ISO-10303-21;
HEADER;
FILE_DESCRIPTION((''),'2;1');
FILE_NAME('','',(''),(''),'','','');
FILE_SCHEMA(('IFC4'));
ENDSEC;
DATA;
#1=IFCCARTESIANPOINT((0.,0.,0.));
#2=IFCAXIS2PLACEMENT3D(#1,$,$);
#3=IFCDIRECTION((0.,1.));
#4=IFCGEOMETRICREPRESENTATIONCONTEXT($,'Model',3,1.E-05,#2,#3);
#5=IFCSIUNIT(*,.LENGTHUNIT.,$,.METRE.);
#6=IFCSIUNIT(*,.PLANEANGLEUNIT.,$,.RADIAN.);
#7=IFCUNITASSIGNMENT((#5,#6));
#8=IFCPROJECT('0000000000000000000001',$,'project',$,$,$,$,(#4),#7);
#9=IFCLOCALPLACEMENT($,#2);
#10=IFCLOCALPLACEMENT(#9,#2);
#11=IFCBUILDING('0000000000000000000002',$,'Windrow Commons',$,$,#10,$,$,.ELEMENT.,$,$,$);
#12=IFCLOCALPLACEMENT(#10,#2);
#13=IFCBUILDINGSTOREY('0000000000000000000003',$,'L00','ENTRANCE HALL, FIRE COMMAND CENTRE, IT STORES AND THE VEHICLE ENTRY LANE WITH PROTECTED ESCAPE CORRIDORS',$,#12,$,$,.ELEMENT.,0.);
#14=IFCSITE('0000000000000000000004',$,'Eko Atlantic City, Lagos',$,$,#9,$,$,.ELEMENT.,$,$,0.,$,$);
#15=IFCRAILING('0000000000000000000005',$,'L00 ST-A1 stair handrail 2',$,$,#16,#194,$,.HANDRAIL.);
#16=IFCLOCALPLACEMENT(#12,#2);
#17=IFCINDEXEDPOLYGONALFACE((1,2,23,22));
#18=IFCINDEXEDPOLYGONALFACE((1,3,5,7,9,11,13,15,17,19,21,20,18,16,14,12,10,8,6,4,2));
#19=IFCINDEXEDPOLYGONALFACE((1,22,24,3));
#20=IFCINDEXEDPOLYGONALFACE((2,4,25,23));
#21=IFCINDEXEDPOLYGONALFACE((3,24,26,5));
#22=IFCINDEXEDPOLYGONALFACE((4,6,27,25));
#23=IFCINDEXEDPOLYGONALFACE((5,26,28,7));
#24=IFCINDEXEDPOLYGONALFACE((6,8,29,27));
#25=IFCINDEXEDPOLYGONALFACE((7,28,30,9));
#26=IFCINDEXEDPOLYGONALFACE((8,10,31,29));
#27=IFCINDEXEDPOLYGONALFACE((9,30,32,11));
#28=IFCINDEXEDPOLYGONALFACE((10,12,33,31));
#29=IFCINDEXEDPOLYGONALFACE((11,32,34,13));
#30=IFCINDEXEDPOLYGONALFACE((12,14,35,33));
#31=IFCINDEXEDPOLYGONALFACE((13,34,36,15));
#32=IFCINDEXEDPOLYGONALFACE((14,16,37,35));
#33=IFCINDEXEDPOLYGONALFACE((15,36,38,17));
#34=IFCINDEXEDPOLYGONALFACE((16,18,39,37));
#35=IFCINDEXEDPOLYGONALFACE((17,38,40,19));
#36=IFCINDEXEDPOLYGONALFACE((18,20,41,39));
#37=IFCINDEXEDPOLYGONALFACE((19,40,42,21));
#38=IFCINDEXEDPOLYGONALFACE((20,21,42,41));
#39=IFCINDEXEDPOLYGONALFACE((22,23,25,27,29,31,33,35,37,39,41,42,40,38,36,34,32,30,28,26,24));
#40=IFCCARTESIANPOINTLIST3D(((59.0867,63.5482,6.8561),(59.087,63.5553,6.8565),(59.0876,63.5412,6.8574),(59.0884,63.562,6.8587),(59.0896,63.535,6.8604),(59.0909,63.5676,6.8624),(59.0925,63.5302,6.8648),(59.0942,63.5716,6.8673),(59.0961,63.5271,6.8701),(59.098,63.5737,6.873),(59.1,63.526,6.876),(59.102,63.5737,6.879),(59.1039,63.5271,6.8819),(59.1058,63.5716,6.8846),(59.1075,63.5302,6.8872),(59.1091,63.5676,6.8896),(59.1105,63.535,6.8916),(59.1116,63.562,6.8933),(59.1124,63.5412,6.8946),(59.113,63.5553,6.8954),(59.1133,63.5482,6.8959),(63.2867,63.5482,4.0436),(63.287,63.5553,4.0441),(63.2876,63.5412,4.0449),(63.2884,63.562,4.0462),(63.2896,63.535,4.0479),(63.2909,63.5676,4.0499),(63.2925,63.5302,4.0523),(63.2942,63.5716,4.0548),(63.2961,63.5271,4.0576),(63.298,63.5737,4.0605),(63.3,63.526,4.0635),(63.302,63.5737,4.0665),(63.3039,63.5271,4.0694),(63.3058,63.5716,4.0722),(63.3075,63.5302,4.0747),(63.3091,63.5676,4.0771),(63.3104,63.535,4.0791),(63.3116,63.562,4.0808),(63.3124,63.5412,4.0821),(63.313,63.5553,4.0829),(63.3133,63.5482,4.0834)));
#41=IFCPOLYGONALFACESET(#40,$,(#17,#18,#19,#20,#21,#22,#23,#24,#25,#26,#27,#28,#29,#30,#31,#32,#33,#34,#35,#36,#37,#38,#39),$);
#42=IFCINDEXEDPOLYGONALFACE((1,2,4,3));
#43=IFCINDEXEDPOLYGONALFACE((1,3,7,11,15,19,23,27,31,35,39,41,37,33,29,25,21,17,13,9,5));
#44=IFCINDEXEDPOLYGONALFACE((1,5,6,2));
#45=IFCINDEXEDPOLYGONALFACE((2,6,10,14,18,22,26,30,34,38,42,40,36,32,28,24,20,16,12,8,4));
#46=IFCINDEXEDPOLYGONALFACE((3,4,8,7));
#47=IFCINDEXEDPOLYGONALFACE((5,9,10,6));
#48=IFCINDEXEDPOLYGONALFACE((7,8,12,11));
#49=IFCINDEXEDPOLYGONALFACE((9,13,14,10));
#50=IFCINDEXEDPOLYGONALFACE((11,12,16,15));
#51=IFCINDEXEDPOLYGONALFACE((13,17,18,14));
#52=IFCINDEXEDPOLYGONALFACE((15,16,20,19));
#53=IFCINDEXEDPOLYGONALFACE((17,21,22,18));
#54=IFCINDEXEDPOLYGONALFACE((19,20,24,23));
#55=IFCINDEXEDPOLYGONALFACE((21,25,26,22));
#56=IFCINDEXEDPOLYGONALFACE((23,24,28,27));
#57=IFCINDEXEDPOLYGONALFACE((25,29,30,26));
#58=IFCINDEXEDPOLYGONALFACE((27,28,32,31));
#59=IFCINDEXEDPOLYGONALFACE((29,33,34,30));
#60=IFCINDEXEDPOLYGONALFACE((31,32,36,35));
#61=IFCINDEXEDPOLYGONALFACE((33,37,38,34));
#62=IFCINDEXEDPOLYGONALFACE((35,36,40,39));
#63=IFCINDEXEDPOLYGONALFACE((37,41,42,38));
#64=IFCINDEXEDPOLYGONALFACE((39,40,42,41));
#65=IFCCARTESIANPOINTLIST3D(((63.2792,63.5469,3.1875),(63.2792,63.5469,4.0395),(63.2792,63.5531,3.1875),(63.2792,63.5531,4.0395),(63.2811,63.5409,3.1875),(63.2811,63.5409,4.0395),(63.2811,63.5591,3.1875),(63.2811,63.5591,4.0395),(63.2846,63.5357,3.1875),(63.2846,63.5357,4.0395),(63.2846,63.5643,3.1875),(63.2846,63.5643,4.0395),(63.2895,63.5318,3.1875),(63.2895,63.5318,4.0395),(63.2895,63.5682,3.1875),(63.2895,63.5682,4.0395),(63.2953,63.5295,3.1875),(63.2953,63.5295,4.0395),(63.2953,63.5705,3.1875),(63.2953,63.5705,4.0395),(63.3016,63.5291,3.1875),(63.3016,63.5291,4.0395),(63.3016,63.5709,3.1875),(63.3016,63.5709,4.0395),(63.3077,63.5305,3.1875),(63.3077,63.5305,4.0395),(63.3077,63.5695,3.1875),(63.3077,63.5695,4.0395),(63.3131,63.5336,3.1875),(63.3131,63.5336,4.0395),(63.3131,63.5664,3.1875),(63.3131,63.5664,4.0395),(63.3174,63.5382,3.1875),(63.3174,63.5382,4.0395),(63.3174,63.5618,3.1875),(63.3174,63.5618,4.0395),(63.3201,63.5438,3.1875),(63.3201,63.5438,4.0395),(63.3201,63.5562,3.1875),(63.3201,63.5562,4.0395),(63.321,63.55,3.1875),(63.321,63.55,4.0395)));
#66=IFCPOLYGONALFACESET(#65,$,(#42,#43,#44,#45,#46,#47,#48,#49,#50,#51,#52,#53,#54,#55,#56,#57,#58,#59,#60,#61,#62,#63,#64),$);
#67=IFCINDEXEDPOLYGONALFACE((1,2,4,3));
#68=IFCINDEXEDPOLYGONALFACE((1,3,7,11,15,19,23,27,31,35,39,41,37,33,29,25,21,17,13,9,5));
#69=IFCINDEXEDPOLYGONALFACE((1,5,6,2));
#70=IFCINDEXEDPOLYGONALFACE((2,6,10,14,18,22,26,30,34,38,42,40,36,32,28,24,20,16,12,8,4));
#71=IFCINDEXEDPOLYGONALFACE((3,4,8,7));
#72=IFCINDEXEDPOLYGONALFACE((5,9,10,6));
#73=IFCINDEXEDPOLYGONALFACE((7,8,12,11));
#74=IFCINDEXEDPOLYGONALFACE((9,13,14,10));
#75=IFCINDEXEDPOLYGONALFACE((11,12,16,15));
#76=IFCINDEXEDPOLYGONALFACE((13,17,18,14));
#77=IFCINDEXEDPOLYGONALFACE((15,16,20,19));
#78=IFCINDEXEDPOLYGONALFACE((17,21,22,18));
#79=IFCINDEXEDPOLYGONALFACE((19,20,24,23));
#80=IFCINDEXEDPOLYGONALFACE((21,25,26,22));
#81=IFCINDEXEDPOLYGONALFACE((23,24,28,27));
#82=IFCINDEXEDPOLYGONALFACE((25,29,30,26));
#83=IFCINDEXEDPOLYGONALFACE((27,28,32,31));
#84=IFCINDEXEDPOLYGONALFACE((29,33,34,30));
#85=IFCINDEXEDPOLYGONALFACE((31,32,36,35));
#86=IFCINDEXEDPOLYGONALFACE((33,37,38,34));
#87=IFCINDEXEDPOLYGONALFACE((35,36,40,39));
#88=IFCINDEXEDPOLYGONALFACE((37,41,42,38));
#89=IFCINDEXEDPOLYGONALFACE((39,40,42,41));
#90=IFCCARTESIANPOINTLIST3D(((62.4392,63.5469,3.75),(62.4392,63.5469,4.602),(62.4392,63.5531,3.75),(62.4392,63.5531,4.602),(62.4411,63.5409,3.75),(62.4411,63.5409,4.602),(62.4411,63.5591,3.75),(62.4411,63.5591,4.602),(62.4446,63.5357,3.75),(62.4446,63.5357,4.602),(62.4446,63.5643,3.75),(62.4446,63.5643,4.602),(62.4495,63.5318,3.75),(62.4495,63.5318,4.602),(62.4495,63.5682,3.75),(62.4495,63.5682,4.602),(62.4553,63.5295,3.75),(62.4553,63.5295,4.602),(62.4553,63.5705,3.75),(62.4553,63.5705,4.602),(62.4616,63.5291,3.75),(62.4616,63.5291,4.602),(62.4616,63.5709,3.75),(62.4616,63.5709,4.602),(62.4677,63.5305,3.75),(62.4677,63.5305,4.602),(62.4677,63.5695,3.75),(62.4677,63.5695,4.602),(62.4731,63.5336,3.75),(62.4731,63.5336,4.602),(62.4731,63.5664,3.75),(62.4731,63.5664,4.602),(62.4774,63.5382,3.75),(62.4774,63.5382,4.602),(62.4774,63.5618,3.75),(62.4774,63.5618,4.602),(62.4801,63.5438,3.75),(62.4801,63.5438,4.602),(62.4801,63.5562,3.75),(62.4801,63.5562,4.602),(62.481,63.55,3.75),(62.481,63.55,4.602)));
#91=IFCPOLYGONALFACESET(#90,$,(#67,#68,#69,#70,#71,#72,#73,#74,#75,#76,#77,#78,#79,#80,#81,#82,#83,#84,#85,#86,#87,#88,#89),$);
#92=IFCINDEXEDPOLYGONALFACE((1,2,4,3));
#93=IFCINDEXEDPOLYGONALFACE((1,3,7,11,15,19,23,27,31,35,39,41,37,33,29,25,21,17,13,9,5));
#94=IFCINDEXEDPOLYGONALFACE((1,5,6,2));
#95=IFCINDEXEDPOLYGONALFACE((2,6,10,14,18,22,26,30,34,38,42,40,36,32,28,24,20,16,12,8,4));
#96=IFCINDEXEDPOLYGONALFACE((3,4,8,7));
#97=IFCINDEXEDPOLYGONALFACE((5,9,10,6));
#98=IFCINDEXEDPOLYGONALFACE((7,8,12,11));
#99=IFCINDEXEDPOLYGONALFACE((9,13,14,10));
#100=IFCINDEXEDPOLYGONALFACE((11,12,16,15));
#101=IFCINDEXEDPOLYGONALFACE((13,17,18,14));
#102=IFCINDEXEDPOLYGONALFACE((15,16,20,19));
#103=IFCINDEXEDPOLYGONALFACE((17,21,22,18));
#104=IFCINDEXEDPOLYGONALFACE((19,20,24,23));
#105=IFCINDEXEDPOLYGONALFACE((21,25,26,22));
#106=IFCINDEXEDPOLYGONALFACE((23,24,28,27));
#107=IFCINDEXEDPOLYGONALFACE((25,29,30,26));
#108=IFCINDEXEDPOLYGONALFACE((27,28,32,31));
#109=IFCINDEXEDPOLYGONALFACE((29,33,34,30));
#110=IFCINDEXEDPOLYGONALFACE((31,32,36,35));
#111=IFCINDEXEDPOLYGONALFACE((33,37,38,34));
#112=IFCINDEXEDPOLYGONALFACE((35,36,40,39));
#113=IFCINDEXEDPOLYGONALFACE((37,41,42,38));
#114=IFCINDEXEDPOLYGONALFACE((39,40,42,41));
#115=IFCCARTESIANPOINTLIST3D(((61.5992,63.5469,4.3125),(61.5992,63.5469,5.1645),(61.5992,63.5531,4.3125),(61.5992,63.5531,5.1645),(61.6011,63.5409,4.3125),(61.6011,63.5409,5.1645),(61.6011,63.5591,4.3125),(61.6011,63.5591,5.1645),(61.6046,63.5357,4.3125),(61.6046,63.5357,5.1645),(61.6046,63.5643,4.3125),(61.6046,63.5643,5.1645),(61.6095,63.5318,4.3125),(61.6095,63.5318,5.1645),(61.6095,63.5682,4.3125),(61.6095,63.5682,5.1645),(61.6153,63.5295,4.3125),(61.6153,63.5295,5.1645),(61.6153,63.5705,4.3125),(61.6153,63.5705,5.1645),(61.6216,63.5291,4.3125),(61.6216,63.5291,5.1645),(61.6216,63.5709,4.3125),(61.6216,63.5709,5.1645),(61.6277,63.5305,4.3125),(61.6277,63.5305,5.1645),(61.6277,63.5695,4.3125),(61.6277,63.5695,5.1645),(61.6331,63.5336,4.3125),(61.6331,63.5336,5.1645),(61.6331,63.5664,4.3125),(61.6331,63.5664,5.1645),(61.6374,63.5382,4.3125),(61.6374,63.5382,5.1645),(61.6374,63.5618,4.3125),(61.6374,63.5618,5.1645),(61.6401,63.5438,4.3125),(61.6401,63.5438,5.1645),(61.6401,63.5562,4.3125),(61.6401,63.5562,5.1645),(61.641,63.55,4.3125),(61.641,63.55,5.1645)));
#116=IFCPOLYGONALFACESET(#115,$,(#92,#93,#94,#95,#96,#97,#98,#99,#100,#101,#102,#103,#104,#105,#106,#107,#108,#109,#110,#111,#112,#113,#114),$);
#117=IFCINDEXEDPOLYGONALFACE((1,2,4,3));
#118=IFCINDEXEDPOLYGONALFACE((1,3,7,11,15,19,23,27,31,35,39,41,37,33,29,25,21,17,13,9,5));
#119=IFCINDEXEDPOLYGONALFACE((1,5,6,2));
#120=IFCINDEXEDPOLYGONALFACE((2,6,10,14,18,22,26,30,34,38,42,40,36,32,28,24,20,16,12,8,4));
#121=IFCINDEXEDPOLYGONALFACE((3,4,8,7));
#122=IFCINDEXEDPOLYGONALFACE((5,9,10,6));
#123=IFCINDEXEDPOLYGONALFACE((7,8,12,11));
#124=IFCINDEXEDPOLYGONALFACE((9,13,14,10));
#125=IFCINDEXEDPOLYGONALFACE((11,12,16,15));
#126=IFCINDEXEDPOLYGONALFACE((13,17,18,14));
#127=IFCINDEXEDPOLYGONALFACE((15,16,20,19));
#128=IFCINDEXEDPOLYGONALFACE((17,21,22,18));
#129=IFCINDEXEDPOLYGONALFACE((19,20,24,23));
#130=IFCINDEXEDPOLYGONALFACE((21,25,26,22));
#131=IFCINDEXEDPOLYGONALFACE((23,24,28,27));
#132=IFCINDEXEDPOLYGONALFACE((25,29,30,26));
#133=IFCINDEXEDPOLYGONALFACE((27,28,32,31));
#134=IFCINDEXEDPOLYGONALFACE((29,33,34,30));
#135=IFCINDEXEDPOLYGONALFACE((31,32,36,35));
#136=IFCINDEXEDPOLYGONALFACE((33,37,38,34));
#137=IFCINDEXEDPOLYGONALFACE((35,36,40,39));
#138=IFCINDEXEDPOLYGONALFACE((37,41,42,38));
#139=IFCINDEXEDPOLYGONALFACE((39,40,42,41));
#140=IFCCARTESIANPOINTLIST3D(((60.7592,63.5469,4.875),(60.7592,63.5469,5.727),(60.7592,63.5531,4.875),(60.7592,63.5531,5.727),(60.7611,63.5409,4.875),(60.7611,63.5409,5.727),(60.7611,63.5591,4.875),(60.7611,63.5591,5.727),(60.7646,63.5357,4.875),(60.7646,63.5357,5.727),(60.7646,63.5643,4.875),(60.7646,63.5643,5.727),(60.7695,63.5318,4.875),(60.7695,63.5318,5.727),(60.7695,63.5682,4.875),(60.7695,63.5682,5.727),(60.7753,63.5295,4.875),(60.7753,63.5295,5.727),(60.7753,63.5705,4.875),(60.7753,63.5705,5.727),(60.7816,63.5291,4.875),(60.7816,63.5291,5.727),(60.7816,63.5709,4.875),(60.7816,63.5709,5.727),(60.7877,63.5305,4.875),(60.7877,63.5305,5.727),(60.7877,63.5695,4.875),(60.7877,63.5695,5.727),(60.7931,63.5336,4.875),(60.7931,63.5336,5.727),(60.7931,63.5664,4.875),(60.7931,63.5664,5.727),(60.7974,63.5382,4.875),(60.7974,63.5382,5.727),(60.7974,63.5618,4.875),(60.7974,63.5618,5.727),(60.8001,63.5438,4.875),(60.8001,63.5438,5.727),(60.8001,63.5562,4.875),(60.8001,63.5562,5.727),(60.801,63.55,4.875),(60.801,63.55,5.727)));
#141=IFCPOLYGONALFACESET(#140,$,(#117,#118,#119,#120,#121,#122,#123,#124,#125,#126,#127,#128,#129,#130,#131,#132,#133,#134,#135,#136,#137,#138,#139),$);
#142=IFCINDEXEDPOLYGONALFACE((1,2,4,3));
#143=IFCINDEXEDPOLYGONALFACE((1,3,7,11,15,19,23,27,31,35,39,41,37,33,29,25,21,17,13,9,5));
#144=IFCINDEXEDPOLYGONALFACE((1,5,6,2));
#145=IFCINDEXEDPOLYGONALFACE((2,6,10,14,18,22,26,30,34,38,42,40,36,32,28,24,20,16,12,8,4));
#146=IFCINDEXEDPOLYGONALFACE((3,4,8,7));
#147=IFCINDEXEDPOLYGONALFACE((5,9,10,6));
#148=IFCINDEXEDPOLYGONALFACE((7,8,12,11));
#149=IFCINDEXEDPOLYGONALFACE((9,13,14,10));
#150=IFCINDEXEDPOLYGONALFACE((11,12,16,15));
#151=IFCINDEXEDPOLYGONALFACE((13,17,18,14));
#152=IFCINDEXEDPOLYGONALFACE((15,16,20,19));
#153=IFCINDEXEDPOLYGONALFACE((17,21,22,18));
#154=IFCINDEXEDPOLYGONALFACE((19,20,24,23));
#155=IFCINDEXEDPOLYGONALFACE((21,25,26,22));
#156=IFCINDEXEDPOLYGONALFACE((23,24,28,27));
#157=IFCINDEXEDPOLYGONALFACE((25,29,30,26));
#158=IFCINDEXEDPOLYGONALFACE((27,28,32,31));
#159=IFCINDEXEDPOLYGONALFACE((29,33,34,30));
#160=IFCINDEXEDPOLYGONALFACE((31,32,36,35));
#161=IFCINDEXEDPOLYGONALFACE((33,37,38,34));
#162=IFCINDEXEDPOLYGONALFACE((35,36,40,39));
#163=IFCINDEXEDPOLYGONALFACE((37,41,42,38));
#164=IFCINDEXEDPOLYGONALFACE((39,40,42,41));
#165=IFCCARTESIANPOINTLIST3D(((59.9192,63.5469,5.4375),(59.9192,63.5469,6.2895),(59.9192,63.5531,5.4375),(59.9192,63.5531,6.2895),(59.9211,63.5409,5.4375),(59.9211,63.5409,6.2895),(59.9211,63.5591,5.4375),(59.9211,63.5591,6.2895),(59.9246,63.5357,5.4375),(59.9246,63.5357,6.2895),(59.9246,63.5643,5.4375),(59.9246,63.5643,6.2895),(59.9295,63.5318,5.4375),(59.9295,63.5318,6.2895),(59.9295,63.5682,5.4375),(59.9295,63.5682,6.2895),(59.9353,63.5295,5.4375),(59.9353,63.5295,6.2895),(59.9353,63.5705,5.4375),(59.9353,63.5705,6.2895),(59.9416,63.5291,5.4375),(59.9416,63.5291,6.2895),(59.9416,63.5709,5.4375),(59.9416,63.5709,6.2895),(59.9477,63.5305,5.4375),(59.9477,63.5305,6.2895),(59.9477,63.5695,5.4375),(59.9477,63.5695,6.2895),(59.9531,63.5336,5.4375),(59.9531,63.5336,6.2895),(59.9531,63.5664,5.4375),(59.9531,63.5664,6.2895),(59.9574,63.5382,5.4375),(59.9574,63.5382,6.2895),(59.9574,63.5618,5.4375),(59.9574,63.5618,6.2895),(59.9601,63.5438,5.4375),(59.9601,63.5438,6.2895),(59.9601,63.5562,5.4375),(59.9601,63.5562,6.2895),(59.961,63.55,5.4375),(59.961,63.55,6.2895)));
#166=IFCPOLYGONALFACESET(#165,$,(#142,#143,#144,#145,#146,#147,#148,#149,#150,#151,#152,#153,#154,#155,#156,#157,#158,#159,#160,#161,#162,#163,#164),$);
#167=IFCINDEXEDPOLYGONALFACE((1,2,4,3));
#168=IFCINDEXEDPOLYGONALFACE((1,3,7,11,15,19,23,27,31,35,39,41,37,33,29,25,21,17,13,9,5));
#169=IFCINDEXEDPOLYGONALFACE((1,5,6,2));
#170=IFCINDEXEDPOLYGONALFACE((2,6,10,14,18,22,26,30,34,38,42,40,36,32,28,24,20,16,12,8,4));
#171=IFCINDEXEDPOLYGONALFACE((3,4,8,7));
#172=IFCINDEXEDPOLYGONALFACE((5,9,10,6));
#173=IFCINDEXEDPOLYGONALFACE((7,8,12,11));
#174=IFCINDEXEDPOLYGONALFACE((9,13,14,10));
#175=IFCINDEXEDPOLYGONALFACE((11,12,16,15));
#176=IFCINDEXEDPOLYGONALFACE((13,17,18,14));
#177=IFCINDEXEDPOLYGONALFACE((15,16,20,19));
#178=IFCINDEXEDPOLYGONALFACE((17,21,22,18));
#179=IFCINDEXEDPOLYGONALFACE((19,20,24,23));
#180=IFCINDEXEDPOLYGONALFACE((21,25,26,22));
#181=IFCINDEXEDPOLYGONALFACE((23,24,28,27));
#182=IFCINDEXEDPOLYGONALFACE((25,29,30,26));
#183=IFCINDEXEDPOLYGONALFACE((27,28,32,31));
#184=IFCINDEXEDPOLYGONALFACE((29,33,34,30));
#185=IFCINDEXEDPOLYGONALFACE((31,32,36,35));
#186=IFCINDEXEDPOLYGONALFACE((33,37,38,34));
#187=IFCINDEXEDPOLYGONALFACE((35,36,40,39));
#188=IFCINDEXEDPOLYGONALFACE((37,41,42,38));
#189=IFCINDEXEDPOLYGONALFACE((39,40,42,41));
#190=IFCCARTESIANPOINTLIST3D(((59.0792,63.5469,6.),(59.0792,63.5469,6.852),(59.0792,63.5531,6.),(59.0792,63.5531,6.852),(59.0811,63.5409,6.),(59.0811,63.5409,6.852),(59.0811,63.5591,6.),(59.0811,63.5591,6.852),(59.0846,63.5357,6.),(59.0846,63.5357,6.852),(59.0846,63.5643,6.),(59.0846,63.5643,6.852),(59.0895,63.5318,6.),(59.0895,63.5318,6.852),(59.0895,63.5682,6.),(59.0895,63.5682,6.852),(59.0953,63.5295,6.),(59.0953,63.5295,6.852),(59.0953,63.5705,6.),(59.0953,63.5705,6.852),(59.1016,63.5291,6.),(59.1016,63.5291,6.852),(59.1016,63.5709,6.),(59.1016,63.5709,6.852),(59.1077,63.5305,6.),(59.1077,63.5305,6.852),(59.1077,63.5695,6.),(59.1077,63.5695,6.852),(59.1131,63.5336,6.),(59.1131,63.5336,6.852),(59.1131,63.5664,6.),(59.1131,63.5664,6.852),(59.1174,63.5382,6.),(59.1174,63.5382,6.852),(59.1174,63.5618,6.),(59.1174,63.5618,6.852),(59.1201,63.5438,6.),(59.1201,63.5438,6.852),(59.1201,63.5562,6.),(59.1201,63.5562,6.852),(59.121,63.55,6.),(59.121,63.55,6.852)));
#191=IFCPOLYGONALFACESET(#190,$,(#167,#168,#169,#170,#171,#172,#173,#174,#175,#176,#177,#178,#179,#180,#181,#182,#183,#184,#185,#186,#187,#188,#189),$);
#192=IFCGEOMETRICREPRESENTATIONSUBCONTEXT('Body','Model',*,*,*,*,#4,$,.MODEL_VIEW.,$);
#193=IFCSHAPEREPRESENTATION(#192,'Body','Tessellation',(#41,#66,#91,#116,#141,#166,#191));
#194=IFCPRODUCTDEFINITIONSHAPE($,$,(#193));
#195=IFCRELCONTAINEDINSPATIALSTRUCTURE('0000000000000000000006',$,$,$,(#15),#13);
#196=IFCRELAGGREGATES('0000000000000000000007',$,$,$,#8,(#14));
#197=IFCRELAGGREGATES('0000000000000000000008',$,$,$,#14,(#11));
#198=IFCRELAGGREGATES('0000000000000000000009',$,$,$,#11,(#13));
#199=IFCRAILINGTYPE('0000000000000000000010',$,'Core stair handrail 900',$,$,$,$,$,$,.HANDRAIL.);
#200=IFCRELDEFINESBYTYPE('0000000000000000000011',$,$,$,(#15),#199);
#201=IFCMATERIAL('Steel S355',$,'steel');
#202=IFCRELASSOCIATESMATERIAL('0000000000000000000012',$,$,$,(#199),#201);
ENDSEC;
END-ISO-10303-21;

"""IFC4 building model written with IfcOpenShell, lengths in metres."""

from ifc_helpers import new_model, si_unit, direction, frame, origin, origin_2d, place, context, subcontext, project, spatial, circle, extrude, material, type_object, element, save


model = new_model("IFC4")

# Units and contexts
model_context = context("Model", 3, precision=1e-05, world=origin(), true_north=direction((0.0, 1.0)))
body_context = subcontext(model_context, "Body", "Model", "MODEL_VIEW")
ifc_project = project(units=[si_unit("LENGTHUNIT", "METRE"), si_unit("PLANEANGLEUNIT", "RADIAN")], contexts=[model_context])

# Site, building, storey
site_placement = place(None, origin())
site = spatial("IfcSite", under=ifc_project, at=site_placement, Name="Eko Atlantic City, Lagos", CompositionType="ELEMENT", RefElevation=0.0)
building_placement = place(site_placement, origin())
building = spatial("IfcBuilding", under=site, at=building_placement, Name="Windrow Commons", CompositionType="ELEMENT")
storey_placement = place(building_placement, origin())
storey = spatial("IfcBuildingStorey", under=building, at=storey_placement, Name="L00", Description="ENTRANCE HALL, FIRE COMMAND CENTRE, IT STORES AND THE VEHICLE ENTRY LANE WITH PROTECTED ESCAPE CORRIDORS", CompositionType="ELEMENT", Elevation=0.0)

# Railing
ifc_material_1 = material(Name="Steel S355", Category="steel")
railing_type_1 = type_object("IfcRailingType", Name="Core stair handrail 900", PredefinedType="HANDRAIL", material=ifc_material_1)
for number, where, name in (
    (1, (63.3, 63.55, 3.1875), "L00 ST-A1 stair handrail 2"),
):
    element("IfcRailing", number, at=place(storey_placement, frame(where)), inside=storey, type_object=railing_type_1, Name=name, PredefinedType="HANDRAIL", context=body_context, shape_type="SweptSolid", body=[
        extrude(circle(Radius=0.024, at=origin_2d()), frame((0.0, 0.0, 0.876), z_axis=(-0.830907, 0.0, 0.556411), x_axis=(0.0, -1.0, 0.0)), (0.0, 0.0, 1.0), 5.0547),
        extrude(circle(Radius=0.021, at=origin_2d()), origin(), (0.0, 0.0, 1.0), 0.852),
        extrude(circle(Radius=0.021, at=origin_2d()), frame((-0.84, 0.0, 0.5625)), (0.0, 0.0, 1.0), 0.852),
        extrude(circle(Radius=0.021, at=origin_2d()), frame((-1.68, 0.0, 1.125)), (0.0, 0.0, 1.0), 0.852),
        extrude(circle(Radius=0.021, at=origin_2d()), frame((-2.52, 0.0, 1.6875)), (0.0, 0.0, 1.0), 0.852),
        extrude(circle(Radius=0.021, at=origin_2d()), frame((-3.36, 0.0, 2.25)), (0.0, 0.0, 1.0), 0.852),
        extrude(circle(Radius=0.021, at=origin_2d()), frame((-4.2, 0.0, 2.8125)), (0.0, 0.0, 1.0), 0.852),
    ])

save(model, "model.ifc")
